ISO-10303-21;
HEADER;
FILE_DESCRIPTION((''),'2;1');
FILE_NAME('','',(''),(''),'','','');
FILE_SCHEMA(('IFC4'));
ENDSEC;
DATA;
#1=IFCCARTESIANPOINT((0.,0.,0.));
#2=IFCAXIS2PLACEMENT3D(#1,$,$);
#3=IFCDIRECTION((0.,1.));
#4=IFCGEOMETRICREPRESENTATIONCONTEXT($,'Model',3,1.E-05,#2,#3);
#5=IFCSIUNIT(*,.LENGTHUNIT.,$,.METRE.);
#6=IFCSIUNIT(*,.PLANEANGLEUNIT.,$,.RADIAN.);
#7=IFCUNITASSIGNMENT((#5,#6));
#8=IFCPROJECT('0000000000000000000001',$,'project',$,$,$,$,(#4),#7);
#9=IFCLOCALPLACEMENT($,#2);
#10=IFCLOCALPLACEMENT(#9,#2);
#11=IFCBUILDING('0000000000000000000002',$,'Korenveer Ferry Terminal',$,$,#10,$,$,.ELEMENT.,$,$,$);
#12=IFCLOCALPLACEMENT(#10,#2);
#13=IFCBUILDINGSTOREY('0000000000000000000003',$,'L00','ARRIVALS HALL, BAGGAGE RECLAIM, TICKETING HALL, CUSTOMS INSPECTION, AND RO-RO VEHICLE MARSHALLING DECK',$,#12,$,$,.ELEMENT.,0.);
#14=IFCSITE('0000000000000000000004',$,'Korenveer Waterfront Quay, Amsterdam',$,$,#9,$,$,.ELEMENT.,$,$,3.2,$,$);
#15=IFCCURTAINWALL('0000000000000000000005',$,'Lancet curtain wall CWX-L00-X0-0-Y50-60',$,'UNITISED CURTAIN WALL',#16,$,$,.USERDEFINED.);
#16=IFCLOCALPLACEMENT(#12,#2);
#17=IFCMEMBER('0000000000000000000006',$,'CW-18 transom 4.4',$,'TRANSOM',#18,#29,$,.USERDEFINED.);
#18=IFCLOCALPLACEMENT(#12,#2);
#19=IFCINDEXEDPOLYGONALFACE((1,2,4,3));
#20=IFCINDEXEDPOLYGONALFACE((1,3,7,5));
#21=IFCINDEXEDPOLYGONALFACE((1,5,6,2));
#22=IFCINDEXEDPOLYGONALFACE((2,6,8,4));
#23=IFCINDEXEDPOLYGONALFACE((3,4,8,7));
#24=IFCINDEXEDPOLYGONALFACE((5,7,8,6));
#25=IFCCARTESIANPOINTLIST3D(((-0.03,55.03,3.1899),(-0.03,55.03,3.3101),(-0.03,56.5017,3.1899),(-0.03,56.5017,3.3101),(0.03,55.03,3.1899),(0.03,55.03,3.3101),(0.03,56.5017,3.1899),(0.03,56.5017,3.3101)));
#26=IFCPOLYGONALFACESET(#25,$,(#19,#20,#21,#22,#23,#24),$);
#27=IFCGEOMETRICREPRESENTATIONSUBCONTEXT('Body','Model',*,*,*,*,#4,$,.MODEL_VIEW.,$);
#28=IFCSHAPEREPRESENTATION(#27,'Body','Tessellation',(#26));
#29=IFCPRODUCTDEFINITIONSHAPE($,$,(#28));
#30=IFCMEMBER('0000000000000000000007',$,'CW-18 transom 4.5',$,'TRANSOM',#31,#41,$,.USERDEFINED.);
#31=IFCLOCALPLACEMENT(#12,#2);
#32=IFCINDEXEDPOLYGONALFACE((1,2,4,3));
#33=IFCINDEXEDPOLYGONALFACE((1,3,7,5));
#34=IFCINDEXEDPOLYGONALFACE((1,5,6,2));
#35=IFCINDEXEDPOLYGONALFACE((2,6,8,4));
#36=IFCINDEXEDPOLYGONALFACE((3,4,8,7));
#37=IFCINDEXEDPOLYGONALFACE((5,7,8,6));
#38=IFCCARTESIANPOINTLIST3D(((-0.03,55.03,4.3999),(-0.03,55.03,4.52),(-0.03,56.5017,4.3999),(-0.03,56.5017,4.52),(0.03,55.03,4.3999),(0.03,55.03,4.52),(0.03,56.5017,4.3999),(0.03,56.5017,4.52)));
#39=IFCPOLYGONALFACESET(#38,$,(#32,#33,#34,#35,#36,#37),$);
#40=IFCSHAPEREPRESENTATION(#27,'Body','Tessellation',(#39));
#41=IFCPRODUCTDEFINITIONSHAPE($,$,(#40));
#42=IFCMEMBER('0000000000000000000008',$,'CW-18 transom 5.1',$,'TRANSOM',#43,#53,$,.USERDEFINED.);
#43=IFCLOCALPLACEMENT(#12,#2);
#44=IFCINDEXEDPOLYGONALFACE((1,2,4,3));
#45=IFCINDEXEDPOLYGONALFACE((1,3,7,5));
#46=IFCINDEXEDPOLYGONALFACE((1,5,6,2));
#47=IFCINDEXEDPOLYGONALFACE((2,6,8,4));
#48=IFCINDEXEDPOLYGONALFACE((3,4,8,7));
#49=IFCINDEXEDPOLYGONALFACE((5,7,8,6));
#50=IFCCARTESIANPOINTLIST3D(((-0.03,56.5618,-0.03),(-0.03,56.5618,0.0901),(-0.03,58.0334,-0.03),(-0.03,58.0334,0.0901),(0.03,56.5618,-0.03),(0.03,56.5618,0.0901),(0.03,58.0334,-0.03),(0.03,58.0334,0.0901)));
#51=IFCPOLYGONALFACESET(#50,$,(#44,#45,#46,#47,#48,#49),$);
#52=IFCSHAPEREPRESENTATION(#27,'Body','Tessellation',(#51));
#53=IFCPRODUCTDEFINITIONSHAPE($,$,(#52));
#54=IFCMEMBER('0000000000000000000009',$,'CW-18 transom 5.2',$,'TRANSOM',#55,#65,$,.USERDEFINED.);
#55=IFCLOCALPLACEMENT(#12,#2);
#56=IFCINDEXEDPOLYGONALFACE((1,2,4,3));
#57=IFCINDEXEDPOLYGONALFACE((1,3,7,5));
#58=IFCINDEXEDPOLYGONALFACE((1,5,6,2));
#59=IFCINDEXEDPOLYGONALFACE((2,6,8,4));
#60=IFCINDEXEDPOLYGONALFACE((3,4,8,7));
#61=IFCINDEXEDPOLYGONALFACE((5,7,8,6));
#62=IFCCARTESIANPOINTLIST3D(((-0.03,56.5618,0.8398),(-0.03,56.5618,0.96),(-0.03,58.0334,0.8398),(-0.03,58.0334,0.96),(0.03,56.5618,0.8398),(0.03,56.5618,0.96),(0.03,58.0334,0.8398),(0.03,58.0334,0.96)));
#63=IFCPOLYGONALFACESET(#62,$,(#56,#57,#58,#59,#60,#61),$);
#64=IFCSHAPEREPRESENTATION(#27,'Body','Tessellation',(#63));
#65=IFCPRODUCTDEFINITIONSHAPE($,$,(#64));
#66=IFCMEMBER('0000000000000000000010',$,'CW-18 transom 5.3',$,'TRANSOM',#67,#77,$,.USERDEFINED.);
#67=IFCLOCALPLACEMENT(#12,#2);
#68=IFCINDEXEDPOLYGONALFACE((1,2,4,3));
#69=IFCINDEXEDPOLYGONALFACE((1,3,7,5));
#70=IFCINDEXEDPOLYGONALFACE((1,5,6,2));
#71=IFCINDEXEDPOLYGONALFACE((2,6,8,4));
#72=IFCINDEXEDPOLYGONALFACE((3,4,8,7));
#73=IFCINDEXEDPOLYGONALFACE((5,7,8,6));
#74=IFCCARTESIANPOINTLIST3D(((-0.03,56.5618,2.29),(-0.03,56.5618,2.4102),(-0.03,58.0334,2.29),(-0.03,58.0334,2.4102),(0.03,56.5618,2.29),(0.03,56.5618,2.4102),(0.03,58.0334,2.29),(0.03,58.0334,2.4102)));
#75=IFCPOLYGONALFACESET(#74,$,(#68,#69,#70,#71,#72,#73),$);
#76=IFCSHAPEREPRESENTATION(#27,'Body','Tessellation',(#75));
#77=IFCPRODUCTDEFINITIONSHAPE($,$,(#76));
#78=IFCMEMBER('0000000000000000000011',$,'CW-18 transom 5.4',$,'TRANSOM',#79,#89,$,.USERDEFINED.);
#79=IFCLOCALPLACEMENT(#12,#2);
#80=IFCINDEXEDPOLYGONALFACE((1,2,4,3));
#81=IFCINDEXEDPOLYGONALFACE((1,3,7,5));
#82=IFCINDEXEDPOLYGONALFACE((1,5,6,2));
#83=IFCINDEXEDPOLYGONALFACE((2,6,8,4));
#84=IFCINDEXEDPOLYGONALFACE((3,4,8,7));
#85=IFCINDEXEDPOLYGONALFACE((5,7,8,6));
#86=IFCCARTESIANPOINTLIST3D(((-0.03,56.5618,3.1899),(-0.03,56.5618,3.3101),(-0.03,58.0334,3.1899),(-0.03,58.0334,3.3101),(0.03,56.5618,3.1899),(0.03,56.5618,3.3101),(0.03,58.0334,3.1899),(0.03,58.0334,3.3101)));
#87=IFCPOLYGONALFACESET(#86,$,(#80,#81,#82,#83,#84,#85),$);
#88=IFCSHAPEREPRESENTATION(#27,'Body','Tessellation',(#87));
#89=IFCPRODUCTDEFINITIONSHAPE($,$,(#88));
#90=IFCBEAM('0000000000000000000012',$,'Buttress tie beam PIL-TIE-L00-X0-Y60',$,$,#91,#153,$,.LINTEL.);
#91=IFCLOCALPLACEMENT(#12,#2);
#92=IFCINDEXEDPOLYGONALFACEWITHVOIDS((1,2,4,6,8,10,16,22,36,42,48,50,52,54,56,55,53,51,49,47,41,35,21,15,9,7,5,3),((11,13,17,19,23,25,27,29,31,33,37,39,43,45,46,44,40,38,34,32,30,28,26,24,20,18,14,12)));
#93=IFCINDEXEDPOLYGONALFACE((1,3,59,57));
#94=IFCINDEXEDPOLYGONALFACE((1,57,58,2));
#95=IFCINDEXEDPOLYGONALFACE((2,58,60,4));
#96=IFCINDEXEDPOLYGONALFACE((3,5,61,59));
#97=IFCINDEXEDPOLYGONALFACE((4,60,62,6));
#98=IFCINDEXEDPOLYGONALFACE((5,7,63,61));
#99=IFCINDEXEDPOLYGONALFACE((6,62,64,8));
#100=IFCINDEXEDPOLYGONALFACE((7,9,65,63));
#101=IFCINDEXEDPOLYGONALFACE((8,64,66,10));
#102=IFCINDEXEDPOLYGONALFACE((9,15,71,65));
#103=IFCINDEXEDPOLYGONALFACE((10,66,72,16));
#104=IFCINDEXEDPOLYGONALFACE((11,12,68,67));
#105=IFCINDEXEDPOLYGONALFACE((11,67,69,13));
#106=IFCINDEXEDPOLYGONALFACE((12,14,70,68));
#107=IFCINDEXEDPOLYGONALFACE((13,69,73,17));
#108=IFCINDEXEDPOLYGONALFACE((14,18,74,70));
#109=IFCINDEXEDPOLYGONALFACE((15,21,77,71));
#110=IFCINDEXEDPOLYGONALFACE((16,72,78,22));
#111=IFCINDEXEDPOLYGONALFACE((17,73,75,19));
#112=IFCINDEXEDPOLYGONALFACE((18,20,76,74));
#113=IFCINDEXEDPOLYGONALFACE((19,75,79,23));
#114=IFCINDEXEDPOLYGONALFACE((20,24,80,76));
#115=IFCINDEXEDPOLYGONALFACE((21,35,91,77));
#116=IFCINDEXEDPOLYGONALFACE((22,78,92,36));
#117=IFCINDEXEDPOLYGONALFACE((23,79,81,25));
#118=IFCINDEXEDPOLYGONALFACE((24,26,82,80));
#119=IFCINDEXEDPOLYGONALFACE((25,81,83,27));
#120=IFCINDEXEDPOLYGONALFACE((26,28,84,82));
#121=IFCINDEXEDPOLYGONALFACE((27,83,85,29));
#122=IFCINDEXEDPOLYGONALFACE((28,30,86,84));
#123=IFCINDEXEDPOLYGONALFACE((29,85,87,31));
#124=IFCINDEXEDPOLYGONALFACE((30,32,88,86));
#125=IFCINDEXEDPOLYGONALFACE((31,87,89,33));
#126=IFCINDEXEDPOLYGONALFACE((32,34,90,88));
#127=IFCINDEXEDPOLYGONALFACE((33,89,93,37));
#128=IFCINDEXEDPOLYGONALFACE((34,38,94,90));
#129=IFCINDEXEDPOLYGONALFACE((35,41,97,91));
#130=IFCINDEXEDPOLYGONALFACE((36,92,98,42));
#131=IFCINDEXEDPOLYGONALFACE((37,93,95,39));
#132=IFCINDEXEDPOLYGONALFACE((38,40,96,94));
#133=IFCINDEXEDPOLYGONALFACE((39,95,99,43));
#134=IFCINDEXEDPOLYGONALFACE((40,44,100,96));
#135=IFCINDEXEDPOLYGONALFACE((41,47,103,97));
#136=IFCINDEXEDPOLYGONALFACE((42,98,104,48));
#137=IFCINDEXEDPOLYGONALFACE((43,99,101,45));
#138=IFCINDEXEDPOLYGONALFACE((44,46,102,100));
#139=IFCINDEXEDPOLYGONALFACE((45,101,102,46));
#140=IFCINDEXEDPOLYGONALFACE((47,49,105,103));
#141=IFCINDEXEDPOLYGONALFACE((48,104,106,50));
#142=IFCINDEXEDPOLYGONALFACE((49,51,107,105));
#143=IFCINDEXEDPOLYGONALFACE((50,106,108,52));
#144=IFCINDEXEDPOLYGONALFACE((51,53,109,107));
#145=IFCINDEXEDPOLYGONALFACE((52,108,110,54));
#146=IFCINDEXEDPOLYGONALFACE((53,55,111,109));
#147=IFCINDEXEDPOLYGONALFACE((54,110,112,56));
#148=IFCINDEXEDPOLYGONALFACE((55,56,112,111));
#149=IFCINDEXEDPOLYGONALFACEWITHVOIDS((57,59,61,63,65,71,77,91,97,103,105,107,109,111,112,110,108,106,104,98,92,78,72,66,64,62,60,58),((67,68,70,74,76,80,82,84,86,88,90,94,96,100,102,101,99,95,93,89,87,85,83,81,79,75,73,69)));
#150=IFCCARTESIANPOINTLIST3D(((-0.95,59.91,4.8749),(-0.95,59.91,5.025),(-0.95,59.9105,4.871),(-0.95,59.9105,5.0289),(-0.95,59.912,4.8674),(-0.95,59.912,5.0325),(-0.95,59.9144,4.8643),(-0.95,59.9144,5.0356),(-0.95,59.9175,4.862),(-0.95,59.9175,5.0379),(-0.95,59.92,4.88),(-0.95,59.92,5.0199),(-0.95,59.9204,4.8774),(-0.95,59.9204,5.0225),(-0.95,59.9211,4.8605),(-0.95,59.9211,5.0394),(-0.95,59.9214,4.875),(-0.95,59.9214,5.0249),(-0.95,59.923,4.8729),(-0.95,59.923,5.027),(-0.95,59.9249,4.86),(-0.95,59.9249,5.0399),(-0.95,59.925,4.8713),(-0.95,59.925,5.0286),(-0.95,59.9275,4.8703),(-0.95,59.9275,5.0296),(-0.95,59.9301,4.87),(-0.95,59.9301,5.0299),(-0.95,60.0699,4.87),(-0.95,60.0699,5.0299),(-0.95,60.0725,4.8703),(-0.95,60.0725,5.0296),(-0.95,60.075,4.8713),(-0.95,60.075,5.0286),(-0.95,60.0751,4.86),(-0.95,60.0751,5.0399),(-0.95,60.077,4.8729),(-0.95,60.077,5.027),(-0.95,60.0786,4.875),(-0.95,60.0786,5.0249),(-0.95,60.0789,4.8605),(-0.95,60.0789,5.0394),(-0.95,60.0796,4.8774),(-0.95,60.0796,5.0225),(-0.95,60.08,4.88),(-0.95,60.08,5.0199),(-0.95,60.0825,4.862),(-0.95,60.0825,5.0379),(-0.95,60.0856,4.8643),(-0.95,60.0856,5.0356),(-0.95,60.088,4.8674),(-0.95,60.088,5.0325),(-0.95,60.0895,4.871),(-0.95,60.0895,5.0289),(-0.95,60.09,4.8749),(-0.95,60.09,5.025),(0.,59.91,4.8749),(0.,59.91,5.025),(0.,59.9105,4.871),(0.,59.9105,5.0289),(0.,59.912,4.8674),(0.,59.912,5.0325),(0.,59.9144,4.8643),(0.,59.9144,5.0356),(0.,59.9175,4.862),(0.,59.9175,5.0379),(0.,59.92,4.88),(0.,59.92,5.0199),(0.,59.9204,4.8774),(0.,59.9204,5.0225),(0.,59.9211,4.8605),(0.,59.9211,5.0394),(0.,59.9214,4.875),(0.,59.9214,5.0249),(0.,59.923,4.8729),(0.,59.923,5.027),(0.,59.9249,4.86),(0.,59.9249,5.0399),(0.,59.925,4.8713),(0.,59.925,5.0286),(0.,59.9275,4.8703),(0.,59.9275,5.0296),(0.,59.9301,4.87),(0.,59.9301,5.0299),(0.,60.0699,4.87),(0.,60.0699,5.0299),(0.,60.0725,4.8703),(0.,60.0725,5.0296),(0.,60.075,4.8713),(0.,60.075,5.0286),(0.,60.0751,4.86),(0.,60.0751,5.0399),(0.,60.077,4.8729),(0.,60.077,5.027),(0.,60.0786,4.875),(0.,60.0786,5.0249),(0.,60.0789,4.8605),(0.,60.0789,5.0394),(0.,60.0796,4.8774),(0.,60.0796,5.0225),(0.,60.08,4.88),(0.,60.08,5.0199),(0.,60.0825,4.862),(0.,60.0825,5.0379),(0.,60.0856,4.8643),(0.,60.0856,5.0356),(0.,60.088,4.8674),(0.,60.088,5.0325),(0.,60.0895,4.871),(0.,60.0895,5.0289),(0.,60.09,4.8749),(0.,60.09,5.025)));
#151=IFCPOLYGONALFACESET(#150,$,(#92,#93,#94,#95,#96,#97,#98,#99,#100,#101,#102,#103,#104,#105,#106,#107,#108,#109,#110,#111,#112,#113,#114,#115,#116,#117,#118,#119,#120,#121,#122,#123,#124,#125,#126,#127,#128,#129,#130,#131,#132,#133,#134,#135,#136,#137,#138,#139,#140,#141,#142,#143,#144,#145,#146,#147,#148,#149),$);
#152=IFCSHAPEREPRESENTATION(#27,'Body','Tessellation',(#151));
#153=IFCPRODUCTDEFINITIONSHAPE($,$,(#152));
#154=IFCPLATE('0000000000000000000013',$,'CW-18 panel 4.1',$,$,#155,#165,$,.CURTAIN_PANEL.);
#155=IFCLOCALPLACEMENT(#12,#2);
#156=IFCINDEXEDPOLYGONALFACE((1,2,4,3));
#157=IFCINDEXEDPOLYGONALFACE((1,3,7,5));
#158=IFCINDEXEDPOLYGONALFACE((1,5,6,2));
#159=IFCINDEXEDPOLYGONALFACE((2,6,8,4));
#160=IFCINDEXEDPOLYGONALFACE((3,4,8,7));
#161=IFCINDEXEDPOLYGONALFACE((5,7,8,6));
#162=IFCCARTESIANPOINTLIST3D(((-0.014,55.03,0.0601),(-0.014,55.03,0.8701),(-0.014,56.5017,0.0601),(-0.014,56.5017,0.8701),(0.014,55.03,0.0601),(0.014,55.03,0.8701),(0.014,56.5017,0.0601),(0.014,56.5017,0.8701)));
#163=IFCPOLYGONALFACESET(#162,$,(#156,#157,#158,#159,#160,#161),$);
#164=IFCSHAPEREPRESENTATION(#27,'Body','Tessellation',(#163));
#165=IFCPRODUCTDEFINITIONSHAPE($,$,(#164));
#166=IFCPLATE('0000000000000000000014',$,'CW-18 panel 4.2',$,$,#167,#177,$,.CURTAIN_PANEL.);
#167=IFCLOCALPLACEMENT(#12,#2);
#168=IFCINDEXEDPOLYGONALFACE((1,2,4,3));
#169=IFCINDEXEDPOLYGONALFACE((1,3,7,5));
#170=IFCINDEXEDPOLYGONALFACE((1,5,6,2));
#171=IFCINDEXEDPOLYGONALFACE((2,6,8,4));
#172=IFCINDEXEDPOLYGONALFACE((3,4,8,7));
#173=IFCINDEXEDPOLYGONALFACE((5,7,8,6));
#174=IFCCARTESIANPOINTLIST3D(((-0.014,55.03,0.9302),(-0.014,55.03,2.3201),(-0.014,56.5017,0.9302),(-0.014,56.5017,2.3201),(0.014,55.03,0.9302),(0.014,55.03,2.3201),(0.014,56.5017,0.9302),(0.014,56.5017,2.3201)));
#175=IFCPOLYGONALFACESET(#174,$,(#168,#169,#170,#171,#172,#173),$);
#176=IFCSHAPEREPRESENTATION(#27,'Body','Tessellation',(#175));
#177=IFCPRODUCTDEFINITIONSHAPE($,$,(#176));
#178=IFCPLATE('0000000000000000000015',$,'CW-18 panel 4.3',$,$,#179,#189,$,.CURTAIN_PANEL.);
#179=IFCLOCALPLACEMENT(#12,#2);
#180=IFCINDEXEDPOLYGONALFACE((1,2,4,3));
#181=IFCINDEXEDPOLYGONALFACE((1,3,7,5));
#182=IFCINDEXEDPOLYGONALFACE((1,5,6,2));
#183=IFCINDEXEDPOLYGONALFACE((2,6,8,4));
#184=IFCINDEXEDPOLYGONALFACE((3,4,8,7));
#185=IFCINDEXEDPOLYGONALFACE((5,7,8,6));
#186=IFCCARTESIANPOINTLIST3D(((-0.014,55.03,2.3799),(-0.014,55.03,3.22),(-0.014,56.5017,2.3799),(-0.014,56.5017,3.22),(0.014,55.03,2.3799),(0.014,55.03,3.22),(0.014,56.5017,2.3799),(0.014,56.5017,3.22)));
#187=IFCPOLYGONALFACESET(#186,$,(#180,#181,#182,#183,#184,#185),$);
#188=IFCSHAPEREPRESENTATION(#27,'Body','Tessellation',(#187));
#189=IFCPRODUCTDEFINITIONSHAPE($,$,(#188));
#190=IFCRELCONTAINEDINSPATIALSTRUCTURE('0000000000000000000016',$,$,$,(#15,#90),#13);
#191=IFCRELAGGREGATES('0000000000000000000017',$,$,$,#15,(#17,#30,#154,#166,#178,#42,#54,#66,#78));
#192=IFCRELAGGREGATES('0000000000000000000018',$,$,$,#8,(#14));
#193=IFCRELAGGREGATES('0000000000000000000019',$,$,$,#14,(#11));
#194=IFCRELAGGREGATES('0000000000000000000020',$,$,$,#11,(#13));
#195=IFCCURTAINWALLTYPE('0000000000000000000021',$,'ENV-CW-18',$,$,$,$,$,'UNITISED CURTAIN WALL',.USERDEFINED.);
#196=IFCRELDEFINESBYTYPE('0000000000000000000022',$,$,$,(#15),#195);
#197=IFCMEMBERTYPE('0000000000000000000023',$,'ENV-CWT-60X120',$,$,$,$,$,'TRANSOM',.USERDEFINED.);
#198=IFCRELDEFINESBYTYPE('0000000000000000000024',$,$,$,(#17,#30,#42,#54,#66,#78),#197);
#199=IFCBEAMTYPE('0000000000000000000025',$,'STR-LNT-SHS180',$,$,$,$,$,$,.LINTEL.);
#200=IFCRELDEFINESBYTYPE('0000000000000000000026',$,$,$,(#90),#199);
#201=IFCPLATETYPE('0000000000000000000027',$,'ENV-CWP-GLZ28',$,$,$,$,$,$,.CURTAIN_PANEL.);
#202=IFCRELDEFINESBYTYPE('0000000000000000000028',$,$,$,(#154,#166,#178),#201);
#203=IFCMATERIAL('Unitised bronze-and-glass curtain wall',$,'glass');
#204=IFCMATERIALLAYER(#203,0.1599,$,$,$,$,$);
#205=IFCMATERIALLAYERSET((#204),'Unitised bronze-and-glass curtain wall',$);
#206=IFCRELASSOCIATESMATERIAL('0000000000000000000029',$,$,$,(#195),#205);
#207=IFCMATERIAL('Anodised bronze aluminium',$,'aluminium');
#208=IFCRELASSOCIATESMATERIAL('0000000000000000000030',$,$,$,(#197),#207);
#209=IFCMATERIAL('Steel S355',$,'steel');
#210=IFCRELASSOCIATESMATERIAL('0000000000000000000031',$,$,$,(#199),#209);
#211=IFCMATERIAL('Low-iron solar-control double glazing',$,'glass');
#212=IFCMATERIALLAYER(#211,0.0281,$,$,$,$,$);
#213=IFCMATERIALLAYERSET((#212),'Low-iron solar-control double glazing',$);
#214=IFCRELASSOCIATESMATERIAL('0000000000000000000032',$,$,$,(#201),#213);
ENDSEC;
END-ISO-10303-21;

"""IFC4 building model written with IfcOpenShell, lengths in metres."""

from ifc_helpers import new_model, si_unit, direction, frame, origin, origin_2d, place, context, subcontext, project, spatial, rectangle, hollow_rectangle, extrude, material, layer, layer_set, material_profile, profile_set, type_object, element, aggregate, save


model = new_model("IFC4")

# Units and contexts
model_context = context("Model", 3, precision=1e-05, world=origin(), true_north=direction((0.0, 1.0)))
body_context = subcontext(model_context, "Body", "Model", "MODEL_VIEW")
ifc_project = project(units=[si_unit("LENGTHUNIT", "METRE"), si_unit("PLANEANGLEUNIT", "RADIAN")], contexts=[model_context])

# Site, building, storey
site_placement = place(None, origin())
site = spatial("IfcSite", under=ifc_project, at=site_placement, Name="Korenveer Waterfront Quay, Amsterdam", CompositionType="ELEMENT", RefElevation=3.2)
building_placement = place(site_placement, origin())
building = spatial("IfcBuilding", under=site, at=building_placement, Name="Korenveer Ferry Terminal", CompositionType="ELEMENT")
storey_placement = place(building_placement, origin())
storey = spatial("IfcBuildingStorey", under=building, at=storey_placement, Name="L00", Description="ARRIVALS HALL, BAGGAGE RECLAIM, TICKETING HALL, CUSTOMS INSPECTION, AND RO-RO VEHICLE MARSHALLING DECK", CompositionType="ELEMENT", Elevation=0.0)

# Curtain wall, members
ifc_material_1 = material(Name="Unitised bronze-and-glass curtain wall", Category="glass")
ifc_layer_1 = layer(ifc_material_1, 0.1599)
ifc_layer_set_1 = layer_set([ifc_layer_1], Name="Unitised bronze-and-glass curtain wall")
curtain_wall_type = type_object("IfcCurtainWallType", Name="ENV-CW-18", ElementType="UNITISED CURTAIN WALL", PredefinedType="USERDEFINED", material=ifc_layer_set_1)
curtain_wall_placement = place(storey_placement, frame((0.0, 50.405, 0.0)))
curtain_wall = element("IfcCurtainWall", 1, at=curtain_wall_placement, inside=storey, type_object=curtain_wall_type, Name="Lancet curtain wall CWX-L00-X0-0-Y50-60", ObjectType="UNITISED CURTAIN WALL", PredefinedType="USERDEFINED")
ifc_material_2 = material(Name="Anodised bronze aluminium", Category="aluminium")
ifc_material_profile_1 = material_profile(ifc_material_2, rectangle(XDim=0.0601, YDim=0.1201, at=origin_2d()), Name="ALU 60x120")
ifc_profile_set_1 = profile_set([ifc_material_profile_1], Name="Anodised bronze aluminium")
member_type_1 = type_object("IfcMemberType", Name="ENV-CWT-60X120", ElementType="TRANSOM", PredefinedType="USERDEFINED", material=ifc_profile_set_1)
member_1_placement = place(storey_placement, frame((0.0, 55.03, 3.25), z_axis=(0.0, 1.0, 0.0), x_axis=(-1.0, 0.0, 0.0)))
member_1 = element("IfcMember", 2, at=member_1_placement, type_object=member_type_1, Name="CW-18 transom 4.4", ObjectType="TRANSOM", PredefinedType="USERDEFINED", context=body_context, shape_type="SweptSolid", body=[
    extrude(rectangle(XDim=0.0601, YDim=0.1201, at=origin_2d()), origin(), (0.0, 0.0, 1.0), 1.4717),
])
member_2_placement = place(storey_placement, frame((0.0, 55.03, 4.46), z_axis=(0.0, 1.0, 0.0), x_axis=(-1.0, 0.0, 0.0)))
member_2 = element("IfcMember", 3, at=member_2_placement, type_object=member_type_1, Name="CW-18 transom 4.5", ObjectType="TRANSOM", PredefinedType="USERDEFINED", context=body_context, shape_type="SweptSolid", body=[
    extrude(rectangle(XDim=0.0601, YDim=0.1201, at=origin_2d()), origin(), (0.0, 0.0, 1.0), 1.4717),
])
member_3_placement = place(storey_placement, frame((0.0, 56.5618, 0.03), z_axis=(0.0, 1.0, 0.0), x_axis=(-1.0, 0.0, 0.0)))
member_3 = element("IfcMember", 4, at=member_3_placement, type_object=member_type_1, Name="CW-18 transom 5.1", ObjectType="TRANSOM", PredefinedType="USERDEFINED", context=body_context, shape_type="SweptSolid", body=[
    extrude(rectangle(XDim=0.0601, YDim=0.1201, at=origin_2d()), origin(), (0.0, 0.0, 1.0), 1.4717),
])
member_4_placement = place(storey_placement, frame((0.0, 56.5618, 0.8999), z_axis=(0.0, 1.0, 0.0), x_axis=(-1.0, 0.0, 0.0)))
member_4 = element("IfcMember", 5, at=member_4_placement, type_object=member_type_1, Name="CW-18 transom 5.2", ObjectType="TRANSOM", PredefinedType="USERDEFINED", context=body_context, shape_type="SweptSolid", body=[
    extrude(rectangle(XDim=0.0601, YDim=0.1201, at=origin_2d()), origin(), (0.0, 0.0, 1.0), 1.4717),
])
member_5_placement = place(storey_placement, frame((0.0, 56.5618, 2.3501), z_axis=(0.0, 1.0, 0.0), x_axis=(-1.0, 0.0, 0.0)))
member_5 = element("IfcMember", 6, at=member_5_placement, type_object=member_type_1, Name="CW-18 transom 5.3", ObjectType="TRANSOM", PredefinedType="USERDEFINED", context=body_context, shape_type="SweptSolid", body=[
    extrude(rectangle(XDim=0.0601, YDim=0.1201, at=origin_2d()), origin(), (0.0, 0.0, 1.0), 1.4717),
])
member_6_placement = place(storey_placement, frame((0.0, 56.5618, 3.25), z_axis=(0.0, 1.0, 0.0), x_axis=(-1.0, 0.0, 0.0)))
member_6 = element("IfcMember", 7, at=member_6_placement, type_object=member_type_1, Name="CW-18 transom 5.4", ObjectType="TRANSOM", PredefinedType="USERDEFINED", context=body_context, shape_type="SweptSolid", body=[
    extrude(rectangle(XDim=0.0601, YDim=0.1201, at=origin_2d()), origin(), (0.0, 0.0, 1.0), 1.4717),
])

# Beam
ifc_material_3 = material(Name="Steel S355", Category="steel")
ifc_material_profile_2 = material_profile(ifc_material_3, hollow_rectangle(XDim=0.1799, YDim=0.1799, WallThickness=0.01, InnerFilletRadius=0.01, OuterFilletRadius=0.0149, at=origin_2d()), Name="SHS 180x180x10")
ifc_profile_set_2 = profile_set([ifc_material_profile_2], Name="Steel S355")
beam_type = type_object("IfcBeamType", Name="STR-LNT-SHS180", PredefinedType="LINTEL", material=ifc_profile_set_2)
beam_placement = place(storey_placement, frame((-0.95, 60.0, 4.95), z_axis=(1.0, 0.0, 0.0), x_axis=(0.0, 1.0, 0.0)))
element("IfcBeam", 8, at=beam_placement, inside=storey, type_object=beam_type, Name="Buttress tie beam PIL-TIE-L00-X0-Y60", PredefinedType="LINTEL", context=body_context, shape_type="SweptSolid", body=[
    extrude(hollow_rectangle(XDim=0.1799, YDim=0.1799, WallThickness=0.01, InnerFilletRadius=0.01, OuterFilletRadius=0.0149, at=origin_2d()), origin(), (0.0, 0.0, 1.0), 0.95),
])

# Plates
ifc_material_4 = material(Name="Low-iron solar-control double glazing", Category="glass")
ifc_layer_2 = layer(ifc_material_4, 0.0281)
ifc_layer_set_2 = layer_set([ifc_layer_2], Name="Low-iron solar-control double glazing")
plate_type_1 = type_object("IfcPlateType", Name="ENV-CWP-GLZ28", PredefinedType="CURTAIN_PANEL", material=ifc_layer_set_2)
plate_1_placement = place(storey_placement, frame((0.0, 55.7659, 0.0601), z_axis=(0.0, 0.0, 1.0), x_axis=(0.0, 1.0, 0.0)))
plate_1 = element("IfcPlate", 9, at=plate_1_placement, type_object=plate_type_1, Name="CW-18 panel 4.1", PredefinedType="CURTAIN_PANEL", context=body_context, shape_type="SweptSolid", body=[
    extrude(rectangle(XDim=1.4717, YDim=0.0281, at=origin_2d()), origin(), (0.0, 0.0, 1.0), 0.8101),
])
plate_2_placement = place(storey_placement, frame((0.0, 55.7659, 0.9302), z_axis=(0.0, 0.0, 1.0), x_axis=(0.0, 1.0, 0.0)))
plate_2 = element("IfcPlate", 10, at=plate_2_placement, type_object=plate_type_1, Name="CW-18 panel 4.2", PredefinedType="CURTAIN_PANEL", context=body_context, shape_type="SweptSolid", body=[
    extrude(rectangle(XDim=1.4717, YDim=0.0281, at=origin_2d()), origin(), (0.0, 0.0, 1.0), 1.3899),
])
plate_3_placement = place(storey_placement, frame((0.0, 55.7659, 2.3799), z_axis=(0.0, 0.0, 1.0), x_axis=(0.0, 1.0, 0.0)))
plate_3 = element("IfcPlate", 11, at=plate_3_placement, type_object=plate_type_1, Name="CW-18 panel 4.3", PredefinedType="CURTAIN_PANEL", context=body_context, shape_type="SweptSolid", body=[
    extrude(rectangle(XDim=1.4717, YDim=0.0281, at=origin_2d()), origin(), (0.0, 0.0, 1.0), 0.8401),
])
aggregate(curtain_wall, [member_1, member_2, plate_1, plate_2, plate_3, member_3, member_4, member_5, member_6])

save(model, "model.ifc")
